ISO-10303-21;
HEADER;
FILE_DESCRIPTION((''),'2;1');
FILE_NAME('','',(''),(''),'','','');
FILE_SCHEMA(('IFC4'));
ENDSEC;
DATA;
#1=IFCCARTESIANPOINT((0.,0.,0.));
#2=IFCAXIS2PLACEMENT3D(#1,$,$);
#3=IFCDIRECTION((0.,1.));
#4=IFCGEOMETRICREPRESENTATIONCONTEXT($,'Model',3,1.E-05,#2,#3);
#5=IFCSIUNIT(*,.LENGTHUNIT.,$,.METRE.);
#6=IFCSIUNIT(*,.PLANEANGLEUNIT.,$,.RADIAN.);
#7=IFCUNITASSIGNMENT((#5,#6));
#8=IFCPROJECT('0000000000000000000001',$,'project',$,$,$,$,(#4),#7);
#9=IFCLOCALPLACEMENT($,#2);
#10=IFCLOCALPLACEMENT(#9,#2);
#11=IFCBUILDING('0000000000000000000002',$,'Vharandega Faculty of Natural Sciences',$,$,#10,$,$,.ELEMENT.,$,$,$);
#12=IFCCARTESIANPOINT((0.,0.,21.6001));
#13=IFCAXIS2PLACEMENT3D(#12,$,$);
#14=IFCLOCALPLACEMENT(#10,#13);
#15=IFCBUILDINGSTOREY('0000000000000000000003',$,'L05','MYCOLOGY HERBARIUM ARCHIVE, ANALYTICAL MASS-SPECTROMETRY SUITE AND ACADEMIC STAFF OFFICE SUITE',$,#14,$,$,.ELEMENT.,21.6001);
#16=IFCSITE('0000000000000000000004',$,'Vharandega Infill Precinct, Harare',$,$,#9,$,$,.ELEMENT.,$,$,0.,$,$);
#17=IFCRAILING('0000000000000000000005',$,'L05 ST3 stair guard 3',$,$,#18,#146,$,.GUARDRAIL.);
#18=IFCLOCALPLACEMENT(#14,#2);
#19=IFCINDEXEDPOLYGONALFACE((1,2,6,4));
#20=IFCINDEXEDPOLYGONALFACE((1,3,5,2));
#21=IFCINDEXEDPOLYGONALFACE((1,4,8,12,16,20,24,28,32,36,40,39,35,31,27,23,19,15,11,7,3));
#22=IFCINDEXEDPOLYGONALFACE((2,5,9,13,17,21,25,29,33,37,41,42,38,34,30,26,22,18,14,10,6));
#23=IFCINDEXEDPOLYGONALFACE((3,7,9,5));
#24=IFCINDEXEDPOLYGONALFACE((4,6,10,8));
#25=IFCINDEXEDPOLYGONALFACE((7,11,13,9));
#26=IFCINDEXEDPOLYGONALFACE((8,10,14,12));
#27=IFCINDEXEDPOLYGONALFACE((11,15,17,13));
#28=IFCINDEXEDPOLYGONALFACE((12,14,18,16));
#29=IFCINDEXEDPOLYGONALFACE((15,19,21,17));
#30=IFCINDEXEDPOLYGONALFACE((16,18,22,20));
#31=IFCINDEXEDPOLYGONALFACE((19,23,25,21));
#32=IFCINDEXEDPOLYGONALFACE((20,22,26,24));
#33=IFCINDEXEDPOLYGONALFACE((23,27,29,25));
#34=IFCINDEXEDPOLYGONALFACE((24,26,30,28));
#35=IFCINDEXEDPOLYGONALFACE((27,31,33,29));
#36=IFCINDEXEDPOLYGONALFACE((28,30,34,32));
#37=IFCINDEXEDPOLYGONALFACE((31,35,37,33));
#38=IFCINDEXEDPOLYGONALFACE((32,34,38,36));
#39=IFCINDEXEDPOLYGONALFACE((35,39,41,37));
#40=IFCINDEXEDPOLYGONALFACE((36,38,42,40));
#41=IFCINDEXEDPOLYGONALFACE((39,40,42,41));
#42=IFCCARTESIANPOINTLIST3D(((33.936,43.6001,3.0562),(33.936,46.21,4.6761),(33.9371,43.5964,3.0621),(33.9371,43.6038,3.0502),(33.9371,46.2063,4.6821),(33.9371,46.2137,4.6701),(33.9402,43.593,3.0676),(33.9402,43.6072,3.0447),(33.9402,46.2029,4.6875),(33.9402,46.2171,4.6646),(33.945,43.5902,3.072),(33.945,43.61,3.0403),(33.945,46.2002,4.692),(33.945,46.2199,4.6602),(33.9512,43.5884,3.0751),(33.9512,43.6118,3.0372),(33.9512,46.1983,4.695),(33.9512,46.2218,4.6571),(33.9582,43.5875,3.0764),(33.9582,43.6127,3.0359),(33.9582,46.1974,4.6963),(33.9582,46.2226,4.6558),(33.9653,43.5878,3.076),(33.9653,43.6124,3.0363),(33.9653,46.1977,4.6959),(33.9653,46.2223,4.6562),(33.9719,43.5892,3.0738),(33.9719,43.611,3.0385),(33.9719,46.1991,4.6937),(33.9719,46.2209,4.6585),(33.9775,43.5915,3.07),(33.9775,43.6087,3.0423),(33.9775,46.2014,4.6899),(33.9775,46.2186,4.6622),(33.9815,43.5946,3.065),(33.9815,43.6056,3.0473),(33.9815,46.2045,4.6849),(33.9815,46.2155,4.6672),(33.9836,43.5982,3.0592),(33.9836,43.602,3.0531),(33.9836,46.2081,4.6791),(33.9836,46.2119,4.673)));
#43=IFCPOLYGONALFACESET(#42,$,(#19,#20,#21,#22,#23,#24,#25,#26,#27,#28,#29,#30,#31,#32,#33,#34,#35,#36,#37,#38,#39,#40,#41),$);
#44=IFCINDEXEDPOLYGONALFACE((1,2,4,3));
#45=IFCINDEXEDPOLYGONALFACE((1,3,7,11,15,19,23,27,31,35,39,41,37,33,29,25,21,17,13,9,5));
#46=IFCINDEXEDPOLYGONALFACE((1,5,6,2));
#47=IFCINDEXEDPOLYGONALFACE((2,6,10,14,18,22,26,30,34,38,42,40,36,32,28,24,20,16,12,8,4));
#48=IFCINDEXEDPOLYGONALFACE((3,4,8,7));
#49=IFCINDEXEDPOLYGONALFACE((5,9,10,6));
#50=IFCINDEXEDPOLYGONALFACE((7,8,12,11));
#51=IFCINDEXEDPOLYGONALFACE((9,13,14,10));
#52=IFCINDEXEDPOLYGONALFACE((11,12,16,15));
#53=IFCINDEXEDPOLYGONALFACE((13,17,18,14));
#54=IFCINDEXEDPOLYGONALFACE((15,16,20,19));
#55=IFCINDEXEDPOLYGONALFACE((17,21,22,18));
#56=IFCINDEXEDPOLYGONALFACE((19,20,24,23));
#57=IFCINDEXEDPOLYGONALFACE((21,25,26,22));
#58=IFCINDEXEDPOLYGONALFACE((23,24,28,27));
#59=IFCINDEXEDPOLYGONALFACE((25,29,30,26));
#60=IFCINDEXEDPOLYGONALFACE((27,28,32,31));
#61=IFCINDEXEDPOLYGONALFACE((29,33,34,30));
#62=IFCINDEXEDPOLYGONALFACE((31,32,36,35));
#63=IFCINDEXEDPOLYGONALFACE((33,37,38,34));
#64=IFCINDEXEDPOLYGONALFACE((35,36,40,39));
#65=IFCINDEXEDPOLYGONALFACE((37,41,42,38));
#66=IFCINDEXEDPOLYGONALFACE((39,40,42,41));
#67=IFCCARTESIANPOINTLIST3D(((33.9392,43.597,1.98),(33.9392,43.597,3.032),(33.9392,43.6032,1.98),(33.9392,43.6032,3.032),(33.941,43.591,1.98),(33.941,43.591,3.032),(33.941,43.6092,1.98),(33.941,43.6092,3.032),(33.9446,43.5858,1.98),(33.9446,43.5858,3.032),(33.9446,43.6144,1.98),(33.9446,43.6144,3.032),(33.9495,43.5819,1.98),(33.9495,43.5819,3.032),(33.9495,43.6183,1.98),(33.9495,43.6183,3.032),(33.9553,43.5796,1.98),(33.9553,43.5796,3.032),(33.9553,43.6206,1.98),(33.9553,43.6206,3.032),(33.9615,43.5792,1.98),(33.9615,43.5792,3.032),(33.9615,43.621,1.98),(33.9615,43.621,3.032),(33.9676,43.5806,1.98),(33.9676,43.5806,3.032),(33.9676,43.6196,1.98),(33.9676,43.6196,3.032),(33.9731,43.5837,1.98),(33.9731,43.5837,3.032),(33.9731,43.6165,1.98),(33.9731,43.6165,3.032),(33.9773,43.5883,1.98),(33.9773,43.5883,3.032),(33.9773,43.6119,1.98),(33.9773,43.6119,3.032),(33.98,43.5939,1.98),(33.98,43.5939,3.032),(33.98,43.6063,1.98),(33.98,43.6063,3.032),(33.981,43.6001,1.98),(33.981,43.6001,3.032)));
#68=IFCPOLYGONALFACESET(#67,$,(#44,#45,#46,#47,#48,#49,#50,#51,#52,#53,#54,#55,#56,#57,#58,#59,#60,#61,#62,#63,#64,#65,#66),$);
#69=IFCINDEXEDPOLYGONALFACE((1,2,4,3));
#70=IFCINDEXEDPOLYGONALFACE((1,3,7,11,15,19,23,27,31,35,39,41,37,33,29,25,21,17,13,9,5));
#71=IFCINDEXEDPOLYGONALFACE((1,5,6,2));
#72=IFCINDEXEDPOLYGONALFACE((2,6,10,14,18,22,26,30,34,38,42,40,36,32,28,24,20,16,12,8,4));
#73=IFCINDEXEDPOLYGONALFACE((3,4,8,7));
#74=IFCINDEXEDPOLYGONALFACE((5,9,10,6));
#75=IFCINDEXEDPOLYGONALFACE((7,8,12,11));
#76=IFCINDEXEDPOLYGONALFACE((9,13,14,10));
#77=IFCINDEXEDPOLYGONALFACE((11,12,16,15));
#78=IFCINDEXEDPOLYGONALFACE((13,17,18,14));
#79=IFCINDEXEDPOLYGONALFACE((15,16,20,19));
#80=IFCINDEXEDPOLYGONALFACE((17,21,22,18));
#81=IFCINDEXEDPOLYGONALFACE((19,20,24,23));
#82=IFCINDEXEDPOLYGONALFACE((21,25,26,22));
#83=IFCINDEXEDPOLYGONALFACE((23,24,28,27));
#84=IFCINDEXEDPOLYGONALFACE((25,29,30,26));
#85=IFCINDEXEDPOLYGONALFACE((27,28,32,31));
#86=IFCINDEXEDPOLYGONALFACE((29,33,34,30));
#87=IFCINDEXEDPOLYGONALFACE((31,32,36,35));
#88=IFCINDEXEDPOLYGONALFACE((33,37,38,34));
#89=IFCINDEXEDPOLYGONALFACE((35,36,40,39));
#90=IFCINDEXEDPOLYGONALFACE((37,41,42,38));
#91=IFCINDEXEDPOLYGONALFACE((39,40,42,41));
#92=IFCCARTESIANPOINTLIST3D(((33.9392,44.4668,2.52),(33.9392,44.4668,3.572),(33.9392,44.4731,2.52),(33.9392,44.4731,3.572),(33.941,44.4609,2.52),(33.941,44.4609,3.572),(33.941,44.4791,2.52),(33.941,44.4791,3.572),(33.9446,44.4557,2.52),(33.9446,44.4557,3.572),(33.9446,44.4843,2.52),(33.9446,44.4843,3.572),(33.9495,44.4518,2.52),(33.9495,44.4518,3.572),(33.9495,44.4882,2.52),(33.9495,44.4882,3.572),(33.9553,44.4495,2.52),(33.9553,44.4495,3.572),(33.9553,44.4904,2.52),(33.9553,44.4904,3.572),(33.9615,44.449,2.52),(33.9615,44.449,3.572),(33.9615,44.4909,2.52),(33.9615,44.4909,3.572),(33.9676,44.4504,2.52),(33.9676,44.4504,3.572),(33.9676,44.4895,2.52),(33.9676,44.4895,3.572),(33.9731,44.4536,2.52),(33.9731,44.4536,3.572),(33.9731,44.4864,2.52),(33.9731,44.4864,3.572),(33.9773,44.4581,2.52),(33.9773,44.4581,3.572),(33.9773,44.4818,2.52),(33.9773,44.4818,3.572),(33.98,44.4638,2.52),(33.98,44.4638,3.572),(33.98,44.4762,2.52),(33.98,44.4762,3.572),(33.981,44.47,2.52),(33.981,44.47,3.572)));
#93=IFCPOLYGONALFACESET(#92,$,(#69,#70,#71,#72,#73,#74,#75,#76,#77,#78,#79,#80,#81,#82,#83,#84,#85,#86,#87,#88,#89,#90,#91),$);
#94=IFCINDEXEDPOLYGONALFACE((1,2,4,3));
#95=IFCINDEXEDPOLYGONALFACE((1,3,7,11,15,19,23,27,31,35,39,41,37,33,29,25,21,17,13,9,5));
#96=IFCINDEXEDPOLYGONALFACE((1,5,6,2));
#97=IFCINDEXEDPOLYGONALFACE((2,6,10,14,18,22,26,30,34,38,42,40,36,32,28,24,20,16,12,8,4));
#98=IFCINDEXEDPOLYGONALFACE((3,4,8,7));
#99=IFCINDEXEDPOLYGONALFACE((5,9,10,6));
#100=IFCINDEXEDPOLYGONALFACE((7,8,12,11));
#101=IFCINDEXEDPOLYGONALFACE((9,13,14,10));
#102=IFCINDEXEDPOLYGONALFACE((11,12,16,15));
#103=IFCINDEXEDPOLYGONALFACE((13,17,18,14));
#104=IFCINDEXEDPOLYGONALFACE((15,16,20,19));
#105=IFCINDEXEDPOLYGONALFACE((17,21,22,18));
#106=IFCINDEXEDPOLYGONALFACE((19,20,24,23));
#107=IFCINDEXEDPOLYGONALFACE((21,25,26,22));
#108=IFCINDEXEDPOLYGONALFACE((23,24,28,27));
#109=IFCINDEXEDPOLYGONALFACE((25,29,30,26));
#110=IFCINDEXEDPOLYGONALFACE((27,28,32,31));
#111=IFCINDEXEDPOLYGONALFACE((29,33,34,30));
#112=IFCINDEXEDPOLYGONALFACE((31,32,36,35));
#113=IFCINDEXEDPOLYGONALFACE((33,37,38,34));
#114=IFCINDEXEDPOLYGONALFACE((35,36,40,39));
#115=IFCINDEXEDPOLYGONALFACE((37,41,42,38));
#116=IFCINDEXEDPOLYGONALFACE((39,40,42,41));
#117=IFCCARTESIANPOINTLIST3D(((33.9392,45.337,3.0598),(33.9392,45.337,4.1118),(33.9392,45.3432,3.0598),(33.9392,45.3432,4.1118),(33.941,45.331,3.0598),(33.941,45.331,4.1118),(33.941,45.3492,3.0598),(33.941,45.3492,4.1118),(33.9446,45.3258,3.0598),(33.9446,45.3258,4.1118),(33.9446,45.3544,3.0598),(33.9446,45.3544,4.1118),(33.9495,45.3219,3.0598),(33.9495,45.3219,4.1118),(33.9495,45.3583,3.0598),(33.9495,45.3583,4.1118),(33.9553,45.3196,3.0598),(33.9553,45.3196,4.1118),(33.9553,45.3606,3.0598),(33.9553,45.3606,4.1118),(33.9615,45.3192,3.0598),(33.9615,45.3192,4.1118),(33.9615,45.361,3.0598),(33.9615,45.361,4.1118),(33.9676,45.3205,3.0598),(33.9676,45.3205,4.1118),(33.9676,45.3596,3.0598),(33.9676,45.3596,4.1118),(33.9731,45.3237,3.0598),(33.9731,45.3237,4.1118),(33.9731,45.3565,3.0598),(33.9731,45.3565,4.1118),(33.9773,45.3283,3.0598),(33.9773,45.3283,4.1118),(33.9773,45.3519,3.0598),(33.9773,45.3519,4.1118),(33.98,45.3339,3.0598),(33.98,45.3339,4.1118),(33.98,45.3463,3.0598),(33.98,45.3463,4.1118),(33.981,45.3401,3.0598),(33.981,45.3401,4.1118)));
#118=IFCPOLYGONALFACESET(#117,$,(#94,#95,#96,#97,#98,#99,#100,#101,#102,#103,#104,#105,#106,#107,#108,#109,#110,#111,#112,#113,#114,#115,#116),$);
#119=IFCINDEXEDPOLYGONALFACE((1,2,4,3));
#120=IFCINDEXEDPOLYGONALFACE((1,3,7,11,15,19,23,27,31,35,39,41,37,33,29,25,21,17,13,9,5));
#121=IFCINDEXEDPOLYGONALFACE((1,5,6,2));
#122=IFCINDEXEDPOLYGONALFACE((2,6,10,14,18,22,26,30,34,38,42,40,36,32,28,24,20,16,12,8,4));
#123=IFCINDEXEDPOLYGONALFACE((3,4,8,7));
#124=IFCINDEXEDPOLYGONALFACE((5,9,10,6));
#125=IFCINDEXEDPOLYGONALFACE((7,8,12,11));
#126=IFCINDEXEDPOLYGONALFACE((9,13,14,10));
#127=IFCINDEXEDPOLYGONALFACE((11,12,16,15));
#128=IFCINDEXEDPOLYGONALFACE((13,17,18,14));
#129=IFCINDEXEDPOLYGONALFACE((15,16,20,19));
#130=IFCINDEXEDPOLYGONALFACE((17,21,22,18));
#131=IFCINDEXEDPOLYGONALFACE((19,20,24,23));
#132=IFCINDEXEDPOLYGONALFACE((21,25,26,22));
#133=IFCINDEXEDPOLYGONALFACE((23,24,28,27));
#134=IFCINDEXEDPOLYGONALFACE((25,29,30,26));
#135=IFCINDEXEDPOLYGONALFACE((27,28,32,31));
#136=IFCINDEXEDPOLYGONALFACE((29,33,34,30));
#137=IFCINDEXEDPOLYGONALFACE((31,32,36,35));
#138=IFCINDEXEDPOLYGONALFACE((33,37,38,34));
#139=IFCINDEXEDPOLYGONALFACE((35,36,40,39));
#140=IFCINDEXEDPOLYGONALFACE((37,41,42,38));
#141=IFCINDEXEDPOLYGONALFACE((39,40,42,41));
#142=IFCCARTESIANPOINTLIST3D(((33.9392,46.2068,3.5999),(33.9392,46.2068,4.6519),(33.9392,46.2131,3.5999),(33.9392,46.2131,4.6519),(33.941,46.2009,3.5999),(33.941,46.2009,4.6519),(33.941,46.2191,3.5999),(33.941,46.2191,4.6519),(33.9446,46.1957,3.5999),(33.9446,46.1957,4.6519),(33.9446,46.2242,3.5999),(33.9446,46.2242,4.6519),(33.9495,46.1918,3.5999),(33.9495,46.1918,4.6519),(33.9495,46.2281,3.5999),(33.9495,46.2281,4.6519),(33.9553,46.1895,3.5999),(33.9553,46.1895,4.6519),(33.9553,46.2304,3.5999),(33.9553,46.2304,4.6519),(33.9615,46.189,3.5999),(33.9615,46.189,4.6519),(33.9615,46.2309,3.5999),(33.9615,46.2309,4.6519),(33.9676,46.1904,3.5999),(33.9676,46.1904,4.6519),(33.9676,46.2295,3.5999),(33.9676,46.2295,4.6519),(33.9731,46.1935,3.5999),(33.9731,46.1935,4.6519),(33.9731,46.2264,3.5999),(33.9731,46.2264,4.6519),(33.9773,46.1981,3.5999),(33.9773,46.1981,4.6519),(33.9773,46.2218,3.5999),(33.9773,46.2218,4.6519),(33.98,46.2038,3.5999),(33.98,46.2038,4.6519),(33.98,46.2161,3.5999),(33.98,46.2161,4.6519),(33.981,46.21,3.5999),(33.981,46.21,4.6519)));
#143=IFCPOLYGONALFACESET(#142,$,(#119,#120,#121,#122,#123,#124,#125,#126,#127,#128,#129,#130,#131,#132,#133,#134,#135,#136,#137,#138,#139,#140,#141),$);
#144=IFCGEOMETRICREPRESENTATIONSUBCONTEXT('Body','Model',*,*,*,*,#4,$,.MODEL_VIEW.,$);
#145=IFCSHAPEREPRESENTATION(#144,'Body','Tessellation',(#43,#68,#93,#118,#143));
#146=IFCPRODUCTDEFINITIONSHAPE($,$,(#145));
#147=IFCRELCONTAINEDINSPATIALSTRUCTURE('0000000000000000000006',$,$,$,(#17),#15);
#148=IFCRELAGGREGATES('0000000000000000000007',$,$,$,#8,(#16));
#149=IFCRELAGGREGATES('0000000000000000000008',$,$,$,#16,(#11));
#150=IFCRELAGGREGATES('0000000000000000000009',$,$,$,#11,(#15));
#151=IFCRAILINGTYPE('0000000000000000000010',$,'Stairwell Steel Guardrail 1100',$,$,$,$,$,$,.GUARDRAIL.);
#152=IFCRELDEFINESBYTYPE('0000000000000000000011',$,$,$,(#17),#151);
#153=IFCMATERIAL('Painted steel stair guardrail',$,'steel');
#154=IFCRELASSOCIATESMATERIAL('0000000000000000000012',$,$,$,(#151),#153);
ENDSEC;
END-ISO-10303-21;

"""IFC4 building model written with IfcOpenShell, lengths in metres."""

from ifc_helpers import new_model, si_unit, direction, frame, origin, origin_2d, place, context, subcontext, project, spatial, circle, extrude, material, type_object, element, save


model = new_model("IFC4")

# Units and contexts
model_context = context("Model", 3, precision=1e-05, world=origin(), true_north=direction((0.0, 1.0)))
body_context = subcontext(model_context, "Body", "Model", "MODEL_VIEW")
ifc_project = project(units=[si_unit("LENGTHUNIT", "METRE"), si_unit("PLANEANGLEUNIT", "RADIAN")], contexts=[model_context])

# Site, building, storey
site_placement = place(None, origin())
site = spatial("IfcSite", under=ifc_project, at=site_placement, Name="Vharandega Infill Precinct, Harare", CompositionType="ELEMENT", RefElevation=0.0)
building_placement = place(site_placement, origin())
building = spatial("IfcBuilding", under=site, at=building_placement, Name="Vharandega Faculty of Natural Sciences", CompositionType="ELEMENT")
storey_placement = place(building_placement, frame((0.0, 0.0, 21.6001)))
storey = spatial("IfcBuildingStorey", under=building, at=storey_placement, Name="L05", Description="MYCOLOGY HERBARIUM ARCHIVE, ANALYTICAL MASS-SPECTROMETRY SUITE AND ACADEMIC STAFF OFFICE SUITE", CompositionType="ELEMENT", Elevation=21.6001)

# Railing
ifc_material_1 = material(Name="Painted steel stair guardrail", Category="steel")
railing_type_1 = type_object("IfcRailingType", Name="Stairwell Steel Guardrail 1100", PredefinedType="GUARDRAIL", material=ifc_material_1)
railing_1_placement = place(storey_placement, frame((33.96, 43.6001, 1.98)))
element("IfcRailing", 1, at=railing_1_placement, inside=storey, type_object=railing_type_1, Name="L05 ST3 stair guard 3", PredefinedType="GUARDRAIL", context=body_context, shape_type="SweptSolid", body=[
    extrude(circle(Radius=0.0239, at=origin_2d()), frame((0.0, 0.0, 1.0762), z_axis=(0.0, 0.849646, 0.527353), x_axis=(-1.0, 0.0, 0.0)), (0.0, 0.0, 1.0), 3.0718),
    extrude(circle(Radius=0.021, at=origin_2d()), origin(), (0.0, 0.0, 1.0), 1.052),
    extrude(circle(Radius=0.021, at=origin_2d()), frame((0.0, 0.8699, 0.54)), (0.0, 0.0, 1.0), 1.052),
    extrude(circle(Radius=0.021, at=origin_2d()), frame((0.0, 1.74, 1.0798)), (0.0, 0.0, 1.0), 1.052),
    extrude(circle(Radius=0.021, at=origin_2d()), frame((0.0, 2.6099, 1.6199)), (0.0, 0.0, 1.0), 1.052),
])

save(model, "model.ifc")
